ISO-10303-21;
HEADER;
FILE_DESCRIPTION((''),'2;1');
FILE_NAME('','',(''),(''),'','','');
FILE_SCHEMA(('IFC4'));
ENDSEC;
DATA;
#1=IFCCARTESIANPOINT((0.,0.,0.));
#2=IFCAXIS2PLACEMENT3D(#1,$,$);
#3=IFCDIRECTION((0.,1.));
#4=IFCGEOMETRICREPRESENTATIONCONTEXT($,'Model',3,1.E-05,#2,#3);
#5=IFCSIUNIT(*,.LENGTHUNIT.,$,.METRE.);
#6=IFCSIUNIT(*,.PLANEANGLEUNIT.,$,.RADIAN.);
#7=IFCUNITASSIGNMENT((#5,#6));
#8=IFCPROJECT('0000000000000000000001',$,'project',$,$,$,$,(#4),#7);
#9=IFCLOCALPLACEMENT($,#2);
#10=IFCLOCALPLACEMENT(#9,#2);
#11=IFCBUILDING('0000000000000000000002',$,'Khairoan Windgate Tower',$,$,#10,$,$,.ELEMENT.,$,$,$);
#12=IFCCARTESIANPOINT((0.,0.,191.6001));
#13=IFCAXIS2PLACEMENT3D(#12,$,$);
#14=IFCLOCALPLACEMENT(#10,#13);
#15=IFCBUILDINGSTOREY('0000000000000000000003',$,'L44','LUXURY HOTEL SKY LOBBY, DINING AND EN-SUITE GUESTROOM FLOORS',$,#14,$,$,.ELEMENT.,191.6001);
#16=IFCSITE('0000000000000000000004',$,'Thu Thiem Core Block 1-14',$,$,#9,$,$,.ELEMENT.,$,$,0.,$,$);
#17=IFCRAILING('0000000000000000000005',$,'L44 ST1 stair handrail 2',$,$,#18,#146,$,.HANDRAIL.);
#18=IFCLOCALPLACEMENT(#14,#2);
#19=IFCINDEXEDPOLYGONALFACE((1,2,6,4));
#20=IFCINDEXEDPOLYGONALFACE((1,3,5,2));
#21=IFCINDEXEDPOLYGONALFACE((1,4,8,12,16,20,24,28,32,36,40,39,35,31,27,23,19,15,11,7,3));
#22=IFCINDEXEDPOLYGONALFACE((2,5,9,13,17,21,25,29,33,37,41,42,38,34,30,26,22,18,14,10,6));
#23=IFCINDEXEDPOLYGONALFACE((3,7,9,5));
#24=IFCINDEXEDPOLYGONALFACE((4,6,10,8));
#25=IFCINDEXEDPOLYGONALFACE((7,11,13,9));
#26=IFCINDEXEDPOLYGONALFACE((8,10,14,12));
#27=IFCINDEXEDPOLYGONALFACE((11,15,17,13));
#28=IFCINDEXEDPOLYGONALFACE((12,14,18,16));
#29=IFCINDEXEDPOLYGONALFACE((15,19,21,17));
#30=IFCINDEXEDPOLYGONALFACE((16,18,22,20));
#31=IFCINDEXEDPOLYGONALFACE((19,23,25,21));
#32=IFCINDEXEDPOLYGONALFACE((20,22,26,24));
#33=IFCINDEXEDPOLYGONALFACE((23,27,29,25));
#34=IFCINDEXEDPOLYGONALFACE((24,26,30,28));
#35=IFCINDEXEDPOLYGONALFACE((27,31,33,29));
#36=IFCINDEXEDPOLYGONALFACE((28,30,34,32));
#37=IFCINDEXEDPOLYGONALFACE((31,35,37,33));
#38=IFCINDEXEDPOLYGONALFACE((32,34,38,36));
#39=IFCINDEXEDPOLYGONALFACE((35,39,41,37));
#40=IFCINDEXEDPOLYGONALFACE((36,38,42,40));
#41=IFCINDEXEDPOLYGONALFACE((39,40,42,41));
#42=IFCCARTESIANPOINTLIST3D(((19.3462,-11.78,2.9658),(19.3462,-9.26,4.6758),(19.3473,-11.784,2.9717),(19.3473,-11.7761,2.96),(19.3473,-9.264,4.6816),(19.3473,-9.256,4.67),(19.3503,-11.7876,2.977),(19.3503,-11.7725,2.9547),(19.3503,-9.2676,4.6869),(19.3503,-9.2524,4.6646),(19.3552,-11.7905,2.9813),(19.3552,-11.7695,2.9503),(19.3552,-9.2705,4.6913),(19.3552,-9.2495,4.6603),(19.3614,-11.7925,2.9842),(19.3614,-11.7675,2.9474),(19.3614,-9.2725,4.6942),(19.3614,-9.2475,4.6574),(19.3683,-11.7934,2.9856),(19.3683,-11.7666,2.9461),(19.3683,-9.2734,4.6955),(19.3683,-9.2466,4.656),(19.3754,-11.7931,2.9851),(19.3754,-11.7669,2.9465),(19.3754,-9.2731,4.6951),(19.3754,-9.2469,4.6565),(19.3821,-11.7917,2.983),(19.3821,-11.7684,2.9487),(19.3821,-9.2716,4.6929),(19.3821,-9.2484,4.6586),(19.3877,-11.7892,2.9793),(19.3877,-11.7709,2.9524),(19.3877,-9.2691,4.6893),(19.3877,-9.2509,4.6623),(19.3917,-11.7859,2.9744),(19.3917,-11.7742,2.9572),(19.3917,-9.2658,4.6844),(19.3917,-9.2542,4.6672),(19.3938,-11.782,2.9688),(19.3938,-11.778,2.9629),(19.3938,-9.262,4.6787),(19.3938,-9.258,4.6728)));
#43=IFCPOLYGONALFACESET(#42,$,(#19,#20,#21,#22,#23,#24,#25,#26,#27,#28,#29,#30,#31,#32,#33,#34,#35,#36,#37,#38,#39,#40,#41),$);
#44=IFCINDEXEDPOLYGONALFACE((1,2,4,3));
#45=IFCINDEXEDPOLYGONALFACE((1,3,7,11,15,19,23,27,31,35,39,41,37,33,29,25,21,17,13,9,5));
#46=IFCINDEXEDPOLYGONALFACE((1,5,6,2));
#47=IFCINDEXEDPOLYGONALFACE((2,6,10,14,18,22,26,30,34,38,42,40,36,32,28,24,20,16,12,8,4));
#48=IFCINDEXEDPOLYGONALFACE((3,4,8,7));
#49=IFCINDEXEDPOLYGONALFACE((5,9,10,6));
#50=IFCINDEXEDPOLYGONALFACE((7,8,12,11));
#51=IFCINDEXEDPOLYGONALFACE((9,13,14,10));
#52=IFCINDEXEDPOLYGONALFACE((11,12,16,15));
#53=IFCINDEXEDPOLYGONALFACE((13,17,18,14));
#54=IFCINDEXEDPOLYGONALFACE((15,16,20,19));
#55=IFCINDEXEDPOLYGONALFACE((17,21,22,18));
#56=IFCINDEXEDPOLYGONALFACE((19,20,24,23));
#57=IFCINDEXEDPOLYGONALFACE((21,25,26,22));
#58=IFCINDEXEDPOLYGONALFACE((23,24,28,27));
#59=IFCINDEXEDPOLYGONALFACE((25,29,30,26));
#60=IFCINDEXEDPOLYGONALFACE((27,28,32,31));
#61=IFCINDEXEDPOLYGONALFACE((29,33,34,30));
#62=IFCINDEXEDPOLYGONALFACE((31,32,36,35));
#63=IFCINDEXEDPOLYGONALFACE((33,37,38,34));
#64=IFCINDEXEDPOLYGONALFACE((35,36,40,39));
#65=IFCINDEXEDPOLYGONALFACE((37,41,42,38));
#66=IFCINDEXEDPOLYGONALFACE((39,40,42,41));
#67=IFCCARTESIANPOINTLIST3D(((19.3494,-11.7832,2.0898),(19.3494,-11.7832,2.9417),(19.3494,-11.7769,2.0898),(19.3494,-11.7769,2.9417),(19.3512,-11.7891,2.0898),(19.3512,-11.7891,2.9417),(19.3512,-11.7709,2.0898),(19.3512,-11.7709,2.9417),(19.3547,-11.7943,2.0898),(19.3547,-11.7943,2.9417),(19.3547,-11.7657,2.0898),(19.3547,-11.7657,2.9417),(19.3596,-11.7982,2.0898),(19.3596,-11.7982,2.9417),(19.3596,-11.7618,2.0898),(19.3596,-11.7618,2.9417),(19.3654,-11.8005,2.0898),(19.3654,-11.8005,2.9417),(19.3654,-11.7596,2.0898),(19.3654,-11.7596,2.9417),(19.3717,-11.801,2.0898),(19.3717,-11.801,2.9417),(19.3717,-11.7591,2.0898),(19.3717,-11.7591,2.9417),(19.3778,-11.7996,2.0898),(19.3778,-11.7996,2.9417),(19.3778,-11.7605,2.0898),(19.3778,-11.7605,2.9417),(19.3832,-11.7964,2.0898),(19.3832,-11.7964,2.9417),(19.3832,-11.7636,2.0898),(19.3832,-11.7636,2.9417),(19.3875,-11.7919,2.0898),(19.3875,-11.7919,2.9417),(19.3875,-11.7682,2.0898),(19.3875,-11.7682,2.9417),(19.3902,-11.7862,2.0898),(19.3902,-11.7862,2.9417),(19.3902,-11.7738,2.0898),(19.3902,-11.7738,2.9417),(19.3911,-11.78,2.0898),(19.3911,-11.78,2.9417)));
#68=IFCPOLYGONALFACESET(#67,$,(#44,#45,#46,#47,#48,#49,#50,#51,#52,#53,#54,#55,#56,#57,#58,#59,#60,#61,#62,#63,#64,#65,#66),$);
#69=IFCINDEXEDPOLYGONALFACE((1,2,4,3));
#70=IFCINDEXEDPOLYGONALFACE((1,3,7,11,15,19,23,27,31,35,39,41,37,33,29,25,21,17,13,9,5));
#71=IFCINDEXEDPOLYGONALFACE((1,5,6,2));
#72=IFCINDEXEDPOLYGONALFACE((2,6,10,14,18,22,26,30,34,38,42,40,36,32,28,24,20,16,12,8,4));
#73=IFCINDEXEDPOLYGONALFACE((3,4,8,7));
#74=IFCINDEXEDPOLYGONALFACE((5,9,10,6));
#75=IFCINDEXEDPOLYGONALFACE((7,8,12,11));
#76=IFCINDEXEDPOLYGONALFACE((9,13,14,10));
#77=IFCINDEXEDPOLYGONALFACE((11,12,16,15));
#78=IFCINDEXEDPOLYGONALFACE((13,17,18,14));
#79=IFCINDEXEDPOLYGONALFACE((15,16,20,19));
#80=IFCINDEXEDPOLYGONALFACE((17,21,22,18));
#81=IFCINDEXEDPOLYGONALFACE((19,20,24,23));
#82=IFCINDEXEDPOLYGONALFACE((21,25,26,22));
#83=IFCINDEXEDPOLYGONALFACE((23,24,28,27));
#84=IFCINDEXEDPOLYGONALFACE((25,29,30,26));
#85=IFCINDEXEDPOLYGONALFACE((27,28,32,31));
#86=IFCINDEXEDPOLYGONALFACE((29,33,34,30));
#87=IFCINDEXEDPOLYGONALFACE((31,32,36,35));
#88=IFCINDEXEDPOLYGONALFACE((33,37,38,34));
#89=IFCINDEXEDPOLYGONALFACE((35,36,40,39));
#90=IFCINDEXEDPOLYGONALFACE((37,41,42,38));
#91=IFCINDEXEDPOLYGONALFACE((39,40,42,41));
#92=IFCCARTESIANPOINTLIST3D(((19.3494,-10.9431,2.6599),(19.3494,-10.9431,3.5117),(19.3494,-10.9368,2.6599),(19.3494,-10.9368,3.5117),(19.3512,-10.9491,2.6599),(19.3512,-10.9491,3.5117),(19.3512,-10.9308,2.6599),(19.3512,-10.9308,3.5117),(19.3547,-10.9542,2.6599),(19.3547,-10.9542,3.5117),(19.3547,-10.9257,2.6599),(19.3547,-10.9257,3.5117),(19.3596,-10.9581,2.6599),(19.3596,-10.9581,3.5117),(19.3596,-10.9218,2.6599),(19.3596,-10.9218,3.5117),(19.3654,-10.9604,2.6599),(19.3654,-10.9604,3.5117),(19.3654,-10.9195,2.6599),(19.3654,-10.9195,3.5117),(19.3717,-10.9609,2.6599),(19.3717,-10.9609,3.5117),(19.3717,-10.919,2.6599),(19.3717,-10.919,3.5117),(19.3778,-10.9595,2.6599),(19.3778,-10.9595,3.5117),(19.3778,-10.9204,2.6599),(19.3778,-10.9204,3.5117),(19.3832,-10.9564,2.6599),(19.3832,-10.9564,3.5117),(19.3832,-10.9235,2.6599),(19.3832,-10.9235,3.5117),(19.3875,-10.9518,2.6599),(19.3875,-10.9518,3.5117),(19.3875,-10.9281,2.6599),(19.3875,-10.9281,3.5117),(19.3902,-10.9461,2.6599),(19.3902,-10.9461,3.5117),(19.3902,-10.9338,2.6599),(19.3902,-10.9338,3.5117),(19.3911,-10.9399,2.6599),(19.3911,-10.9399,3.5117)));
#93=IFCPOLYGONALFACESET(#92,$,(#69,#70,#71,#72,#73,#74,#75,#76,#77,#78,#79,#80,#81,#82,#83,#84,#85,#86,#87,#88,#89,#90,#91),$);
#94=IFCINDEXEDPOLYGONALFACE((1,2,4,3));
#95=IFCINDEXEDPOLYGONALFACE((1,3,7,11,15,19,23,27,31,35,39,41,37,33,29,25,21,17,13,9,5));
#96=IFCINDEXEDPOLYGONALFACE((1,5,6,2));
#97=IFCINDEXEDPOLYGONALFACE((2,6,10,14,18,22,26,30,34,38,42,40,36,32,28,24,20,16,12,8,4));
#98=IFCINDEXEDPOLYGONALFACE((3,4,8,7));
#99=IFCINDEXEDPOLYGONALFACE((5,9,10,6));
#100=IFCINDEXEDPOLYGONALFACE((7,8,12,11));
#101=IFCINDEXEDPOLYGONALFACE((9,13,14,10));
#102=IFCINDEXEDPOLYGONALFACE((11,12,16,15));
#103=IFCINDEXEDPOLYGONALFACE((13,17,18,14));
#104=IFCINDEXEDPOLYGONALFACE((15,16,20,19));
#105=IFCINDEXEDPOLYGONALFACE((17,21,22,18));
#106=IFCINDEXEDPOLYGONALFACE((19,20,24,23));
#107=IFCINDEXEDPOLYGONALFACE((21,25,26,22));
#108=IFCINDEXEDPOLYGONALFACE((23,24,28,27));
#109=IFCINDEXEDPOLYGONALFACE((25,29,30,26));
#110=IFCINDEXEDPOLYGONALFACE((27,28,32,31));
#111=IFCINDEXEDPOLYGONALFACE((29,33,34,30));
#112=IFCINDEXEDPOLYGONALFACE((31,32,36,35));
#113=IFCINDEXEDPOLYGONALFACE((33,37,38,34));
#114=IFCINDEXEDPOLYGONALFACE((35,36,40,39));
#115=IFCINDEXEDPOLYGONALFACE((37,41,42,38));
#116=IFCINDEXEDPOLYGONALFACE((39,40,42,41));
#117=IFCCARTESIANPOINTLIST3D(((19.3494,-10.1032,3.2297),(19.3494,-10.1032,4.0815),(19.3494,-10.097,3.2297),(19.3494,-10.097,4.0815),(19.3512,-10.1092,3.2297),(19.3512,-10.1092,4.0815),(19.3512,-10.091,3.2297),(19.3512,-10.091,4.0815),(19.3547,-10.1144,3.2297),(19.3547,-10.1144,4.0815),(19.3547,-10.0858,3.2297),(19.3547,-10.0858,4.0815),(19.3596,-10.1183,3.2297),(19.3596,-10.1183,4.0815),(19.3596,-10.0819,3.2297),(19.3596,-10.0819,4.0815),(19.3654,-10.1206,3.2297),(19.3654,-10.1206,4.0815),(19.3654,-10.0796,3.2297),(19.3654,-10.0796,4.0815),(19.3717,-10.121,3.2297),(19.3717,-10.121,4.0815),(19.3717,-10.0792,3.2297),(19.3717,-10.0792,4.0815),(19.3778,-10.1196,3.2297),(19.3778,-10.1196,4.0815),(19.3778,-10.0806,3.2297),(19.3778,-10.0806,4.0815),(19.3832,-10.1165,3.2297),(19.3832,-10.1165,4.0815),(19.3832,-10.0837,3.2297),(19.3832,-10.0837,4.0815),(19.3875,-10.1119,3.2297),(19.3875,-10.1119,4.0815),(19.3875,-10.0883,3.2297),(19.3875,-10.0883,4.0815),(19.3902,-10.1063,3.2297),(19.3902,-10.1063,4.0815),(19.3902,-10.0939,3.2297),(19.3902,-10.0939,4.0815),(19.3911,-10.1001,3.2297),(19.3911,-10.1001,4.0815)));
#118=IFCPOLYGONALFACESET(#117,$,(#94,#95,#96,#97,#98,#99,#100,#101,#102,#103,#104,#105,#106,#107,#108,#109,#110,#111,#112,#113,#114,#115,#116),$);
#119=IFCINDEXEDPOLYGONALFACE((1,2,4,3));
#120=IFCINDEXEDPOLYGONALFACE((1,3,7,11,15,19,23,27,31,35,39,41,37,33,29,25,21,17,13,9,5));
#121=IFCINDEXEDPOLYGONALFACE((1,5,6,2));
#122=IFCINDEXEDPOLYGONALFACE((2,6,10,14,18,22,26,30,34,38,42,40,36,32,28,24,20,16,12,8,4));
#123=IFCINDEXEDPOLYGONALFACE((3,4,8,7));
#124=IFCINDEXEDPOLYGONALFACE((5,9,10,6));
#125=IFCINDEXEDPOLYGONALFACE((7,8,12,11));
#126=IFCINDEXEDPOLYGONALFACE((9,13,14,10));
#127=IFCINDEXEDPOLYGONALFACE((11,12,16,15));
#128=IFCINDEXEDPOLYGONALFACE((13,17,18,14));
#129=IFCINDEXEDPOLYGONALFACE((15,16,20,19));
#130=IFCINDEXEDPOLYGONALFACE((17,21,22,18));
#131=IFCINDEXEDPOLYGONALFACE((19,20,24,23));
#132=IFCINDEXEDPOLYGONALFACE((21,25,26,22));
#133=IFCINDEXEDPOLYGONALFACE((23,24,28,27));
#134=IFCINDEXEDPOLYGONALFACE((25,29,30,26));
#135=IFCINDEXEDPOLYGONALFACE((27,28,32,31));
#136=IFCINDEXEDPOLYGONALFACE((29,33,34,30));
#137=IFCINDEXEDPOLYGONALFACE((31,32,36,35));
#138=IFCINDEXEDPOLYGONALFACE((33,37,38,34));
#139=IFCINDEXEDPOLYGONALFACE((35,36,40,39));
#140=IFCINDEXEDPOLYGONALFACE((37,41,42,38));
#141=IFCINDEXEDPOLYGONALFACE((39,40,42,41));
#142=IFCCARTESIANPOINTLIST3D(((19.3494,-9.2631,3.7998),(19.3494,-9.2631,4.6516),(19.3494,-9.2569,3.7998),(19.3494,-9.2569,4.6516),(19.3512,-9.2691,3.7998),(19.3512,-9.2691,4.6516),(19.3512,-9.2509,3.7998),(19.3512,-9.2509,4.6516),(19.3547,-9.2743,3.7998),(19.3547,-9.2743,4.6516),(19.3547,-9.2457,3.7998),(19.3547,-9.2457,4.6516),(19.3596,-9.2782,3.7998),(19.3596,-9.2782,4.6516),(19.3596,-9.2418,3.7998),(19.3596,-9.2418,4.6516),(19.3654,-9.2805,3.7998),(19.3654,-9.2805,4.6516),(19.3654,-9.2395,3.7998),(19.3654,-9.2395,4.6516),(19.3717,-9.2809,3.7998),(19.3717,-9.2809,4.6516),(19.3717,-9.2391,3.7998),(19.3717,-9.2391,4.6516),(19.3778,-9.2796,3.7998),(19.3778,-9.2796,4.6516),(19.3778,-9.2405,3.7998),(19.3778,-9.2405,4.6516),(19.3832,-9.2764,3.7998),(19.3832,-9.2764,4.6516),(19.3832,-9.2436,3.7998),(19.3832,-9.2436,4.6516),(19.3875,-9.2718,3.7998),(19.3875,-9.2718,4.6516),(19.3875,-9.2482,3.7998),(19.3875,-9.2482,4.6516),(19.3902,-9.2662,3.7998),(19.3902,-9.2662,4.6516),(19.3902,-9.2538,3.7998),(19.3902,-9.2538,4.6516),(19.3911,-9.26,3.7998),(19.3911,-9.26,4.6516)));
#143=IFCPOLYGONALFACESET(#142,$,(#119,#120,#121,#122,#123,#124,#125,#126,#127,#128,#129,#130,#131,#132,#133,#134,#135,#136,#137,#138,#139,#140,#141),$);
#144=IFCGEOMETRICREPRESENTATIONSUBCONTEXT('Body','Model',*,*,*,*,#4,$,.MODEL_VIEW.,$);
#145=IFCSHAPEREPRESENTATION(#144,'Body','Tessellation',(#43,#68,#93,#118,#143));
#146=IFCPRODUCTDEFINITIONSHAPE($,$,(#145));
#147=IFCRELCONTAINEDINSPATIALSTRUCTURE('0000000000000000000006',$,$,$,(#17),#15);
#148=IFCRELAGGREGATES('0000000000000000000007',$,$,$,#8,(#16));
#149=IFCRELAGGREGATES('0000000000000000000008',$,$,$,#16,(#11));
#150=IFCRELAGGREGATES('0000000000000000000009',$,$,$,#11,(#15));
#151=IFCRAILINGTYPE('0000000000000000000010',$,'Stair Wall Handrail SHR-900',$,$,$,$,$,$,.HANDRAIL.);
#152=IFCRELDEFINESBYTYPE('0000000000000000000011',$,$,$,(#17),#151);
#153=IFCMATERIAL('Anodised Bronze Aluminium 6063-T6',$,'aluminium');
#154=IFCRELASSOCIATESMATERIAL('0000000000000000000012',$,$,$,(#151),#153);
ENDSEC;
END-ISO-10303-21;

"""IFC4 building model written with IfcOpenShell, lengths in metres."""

from ifc_helpers import new_model, si_unit, direction, frame, origin, origin_2d, place, context, subcontext, project, spatial, circle, extrude, material, type_object, element, save


model = new_model("IFC4")

# Units and contexts
model_context = context("Model", 3, precision=1e-05, world=origin(), true_north=direction((0.0, 1.0)))
body_context = subcontext(model_context, "Body", "Model", "MODEL_VIEW")
ifc_project = project(units=[si_unit("LENGTHUNIT", "METRE"), si_unit("PLANEANGLEUNIT", "RADIAN")], contexts=[model_context])

# Site, building, storey
site_placement = place(None, origin())
site = spatial("IfcSite", under=ifc_project, at=site_placement, Name="Thu Thiem Core Block 1-14", CompositionType="ELEMENT", RefElevation=0.0)
building_placement = place(site_placement, origin())
building = spatial("IfcBuilding", under=site, at=building_placement, Name="Khairoan Windgate Tower", CompositionType="ELEMENT")
storey_placement = place(building_placement, frame((0.0, 0.0, 191.6001)))
storey = spatial("IfcBuildingStorey", under=building, at=storey_placement, Name="L44", Description="LUXURY HOTEL SKY LOBBY, DINING AND EN-SUITE GUESTROOM FLOORS", CompositionType="ELEMENT", Elevation=191.6001)

# Railing
ifc_material_1 = material(Name="Anodised Bronze Aluminium 6063-T6", Category="aluminium")
railing_type_1 = type_object("IfcRailingType", Name="Stair Wall Handrail SHR-900", PredefinedType="HANDRAIL", material=ifc_material_1)
railing_1_placement = place(storey_placement, frame((19.3701, -11.78, 2.0898)))
element("IfcRailing", 1, at=railing_1_placement, inside=storey, type_object=railing_type_1, Name="L44 ST1 stair handrail 2", PredefinedType="HANDRAIL", context=body_context, shape_type="SweptSolid", body=[
    extrude(circle(Radius=0.0239, at=origin_2d()), frame((0.0, 0.0, 0.876), z_axis=(0.0, 0.827484, 0.56149), x_axis=(-1.0, 0.0, 0.0)), (0.0, 0.0, 1.0), 3.0454),
    extrude(circle(Radius=0.021, at=origin_2d()), origin(), (0.0, 0.0, 1.0), 0.8518),
    extrude(circle(Radius=0.021, at=origin_2d()), frame((0.0, 0.8401, 0.5701)), (0.0, 0.0, 1.0), 0.8518),
    extrude(circle(Radius=0.021, at=origin_2d()), frame((0.0, 1.6799, 1.1399)), (0.0, 0.0, 1.0), 0.8518),
    extrude(circle(Radius=0.021, at=origin_2d()), frame((0.0, 2.52, 1.71)), (0.0, 0.0, 1.0), 0.8518),
])

save(model, "model.ifc")
